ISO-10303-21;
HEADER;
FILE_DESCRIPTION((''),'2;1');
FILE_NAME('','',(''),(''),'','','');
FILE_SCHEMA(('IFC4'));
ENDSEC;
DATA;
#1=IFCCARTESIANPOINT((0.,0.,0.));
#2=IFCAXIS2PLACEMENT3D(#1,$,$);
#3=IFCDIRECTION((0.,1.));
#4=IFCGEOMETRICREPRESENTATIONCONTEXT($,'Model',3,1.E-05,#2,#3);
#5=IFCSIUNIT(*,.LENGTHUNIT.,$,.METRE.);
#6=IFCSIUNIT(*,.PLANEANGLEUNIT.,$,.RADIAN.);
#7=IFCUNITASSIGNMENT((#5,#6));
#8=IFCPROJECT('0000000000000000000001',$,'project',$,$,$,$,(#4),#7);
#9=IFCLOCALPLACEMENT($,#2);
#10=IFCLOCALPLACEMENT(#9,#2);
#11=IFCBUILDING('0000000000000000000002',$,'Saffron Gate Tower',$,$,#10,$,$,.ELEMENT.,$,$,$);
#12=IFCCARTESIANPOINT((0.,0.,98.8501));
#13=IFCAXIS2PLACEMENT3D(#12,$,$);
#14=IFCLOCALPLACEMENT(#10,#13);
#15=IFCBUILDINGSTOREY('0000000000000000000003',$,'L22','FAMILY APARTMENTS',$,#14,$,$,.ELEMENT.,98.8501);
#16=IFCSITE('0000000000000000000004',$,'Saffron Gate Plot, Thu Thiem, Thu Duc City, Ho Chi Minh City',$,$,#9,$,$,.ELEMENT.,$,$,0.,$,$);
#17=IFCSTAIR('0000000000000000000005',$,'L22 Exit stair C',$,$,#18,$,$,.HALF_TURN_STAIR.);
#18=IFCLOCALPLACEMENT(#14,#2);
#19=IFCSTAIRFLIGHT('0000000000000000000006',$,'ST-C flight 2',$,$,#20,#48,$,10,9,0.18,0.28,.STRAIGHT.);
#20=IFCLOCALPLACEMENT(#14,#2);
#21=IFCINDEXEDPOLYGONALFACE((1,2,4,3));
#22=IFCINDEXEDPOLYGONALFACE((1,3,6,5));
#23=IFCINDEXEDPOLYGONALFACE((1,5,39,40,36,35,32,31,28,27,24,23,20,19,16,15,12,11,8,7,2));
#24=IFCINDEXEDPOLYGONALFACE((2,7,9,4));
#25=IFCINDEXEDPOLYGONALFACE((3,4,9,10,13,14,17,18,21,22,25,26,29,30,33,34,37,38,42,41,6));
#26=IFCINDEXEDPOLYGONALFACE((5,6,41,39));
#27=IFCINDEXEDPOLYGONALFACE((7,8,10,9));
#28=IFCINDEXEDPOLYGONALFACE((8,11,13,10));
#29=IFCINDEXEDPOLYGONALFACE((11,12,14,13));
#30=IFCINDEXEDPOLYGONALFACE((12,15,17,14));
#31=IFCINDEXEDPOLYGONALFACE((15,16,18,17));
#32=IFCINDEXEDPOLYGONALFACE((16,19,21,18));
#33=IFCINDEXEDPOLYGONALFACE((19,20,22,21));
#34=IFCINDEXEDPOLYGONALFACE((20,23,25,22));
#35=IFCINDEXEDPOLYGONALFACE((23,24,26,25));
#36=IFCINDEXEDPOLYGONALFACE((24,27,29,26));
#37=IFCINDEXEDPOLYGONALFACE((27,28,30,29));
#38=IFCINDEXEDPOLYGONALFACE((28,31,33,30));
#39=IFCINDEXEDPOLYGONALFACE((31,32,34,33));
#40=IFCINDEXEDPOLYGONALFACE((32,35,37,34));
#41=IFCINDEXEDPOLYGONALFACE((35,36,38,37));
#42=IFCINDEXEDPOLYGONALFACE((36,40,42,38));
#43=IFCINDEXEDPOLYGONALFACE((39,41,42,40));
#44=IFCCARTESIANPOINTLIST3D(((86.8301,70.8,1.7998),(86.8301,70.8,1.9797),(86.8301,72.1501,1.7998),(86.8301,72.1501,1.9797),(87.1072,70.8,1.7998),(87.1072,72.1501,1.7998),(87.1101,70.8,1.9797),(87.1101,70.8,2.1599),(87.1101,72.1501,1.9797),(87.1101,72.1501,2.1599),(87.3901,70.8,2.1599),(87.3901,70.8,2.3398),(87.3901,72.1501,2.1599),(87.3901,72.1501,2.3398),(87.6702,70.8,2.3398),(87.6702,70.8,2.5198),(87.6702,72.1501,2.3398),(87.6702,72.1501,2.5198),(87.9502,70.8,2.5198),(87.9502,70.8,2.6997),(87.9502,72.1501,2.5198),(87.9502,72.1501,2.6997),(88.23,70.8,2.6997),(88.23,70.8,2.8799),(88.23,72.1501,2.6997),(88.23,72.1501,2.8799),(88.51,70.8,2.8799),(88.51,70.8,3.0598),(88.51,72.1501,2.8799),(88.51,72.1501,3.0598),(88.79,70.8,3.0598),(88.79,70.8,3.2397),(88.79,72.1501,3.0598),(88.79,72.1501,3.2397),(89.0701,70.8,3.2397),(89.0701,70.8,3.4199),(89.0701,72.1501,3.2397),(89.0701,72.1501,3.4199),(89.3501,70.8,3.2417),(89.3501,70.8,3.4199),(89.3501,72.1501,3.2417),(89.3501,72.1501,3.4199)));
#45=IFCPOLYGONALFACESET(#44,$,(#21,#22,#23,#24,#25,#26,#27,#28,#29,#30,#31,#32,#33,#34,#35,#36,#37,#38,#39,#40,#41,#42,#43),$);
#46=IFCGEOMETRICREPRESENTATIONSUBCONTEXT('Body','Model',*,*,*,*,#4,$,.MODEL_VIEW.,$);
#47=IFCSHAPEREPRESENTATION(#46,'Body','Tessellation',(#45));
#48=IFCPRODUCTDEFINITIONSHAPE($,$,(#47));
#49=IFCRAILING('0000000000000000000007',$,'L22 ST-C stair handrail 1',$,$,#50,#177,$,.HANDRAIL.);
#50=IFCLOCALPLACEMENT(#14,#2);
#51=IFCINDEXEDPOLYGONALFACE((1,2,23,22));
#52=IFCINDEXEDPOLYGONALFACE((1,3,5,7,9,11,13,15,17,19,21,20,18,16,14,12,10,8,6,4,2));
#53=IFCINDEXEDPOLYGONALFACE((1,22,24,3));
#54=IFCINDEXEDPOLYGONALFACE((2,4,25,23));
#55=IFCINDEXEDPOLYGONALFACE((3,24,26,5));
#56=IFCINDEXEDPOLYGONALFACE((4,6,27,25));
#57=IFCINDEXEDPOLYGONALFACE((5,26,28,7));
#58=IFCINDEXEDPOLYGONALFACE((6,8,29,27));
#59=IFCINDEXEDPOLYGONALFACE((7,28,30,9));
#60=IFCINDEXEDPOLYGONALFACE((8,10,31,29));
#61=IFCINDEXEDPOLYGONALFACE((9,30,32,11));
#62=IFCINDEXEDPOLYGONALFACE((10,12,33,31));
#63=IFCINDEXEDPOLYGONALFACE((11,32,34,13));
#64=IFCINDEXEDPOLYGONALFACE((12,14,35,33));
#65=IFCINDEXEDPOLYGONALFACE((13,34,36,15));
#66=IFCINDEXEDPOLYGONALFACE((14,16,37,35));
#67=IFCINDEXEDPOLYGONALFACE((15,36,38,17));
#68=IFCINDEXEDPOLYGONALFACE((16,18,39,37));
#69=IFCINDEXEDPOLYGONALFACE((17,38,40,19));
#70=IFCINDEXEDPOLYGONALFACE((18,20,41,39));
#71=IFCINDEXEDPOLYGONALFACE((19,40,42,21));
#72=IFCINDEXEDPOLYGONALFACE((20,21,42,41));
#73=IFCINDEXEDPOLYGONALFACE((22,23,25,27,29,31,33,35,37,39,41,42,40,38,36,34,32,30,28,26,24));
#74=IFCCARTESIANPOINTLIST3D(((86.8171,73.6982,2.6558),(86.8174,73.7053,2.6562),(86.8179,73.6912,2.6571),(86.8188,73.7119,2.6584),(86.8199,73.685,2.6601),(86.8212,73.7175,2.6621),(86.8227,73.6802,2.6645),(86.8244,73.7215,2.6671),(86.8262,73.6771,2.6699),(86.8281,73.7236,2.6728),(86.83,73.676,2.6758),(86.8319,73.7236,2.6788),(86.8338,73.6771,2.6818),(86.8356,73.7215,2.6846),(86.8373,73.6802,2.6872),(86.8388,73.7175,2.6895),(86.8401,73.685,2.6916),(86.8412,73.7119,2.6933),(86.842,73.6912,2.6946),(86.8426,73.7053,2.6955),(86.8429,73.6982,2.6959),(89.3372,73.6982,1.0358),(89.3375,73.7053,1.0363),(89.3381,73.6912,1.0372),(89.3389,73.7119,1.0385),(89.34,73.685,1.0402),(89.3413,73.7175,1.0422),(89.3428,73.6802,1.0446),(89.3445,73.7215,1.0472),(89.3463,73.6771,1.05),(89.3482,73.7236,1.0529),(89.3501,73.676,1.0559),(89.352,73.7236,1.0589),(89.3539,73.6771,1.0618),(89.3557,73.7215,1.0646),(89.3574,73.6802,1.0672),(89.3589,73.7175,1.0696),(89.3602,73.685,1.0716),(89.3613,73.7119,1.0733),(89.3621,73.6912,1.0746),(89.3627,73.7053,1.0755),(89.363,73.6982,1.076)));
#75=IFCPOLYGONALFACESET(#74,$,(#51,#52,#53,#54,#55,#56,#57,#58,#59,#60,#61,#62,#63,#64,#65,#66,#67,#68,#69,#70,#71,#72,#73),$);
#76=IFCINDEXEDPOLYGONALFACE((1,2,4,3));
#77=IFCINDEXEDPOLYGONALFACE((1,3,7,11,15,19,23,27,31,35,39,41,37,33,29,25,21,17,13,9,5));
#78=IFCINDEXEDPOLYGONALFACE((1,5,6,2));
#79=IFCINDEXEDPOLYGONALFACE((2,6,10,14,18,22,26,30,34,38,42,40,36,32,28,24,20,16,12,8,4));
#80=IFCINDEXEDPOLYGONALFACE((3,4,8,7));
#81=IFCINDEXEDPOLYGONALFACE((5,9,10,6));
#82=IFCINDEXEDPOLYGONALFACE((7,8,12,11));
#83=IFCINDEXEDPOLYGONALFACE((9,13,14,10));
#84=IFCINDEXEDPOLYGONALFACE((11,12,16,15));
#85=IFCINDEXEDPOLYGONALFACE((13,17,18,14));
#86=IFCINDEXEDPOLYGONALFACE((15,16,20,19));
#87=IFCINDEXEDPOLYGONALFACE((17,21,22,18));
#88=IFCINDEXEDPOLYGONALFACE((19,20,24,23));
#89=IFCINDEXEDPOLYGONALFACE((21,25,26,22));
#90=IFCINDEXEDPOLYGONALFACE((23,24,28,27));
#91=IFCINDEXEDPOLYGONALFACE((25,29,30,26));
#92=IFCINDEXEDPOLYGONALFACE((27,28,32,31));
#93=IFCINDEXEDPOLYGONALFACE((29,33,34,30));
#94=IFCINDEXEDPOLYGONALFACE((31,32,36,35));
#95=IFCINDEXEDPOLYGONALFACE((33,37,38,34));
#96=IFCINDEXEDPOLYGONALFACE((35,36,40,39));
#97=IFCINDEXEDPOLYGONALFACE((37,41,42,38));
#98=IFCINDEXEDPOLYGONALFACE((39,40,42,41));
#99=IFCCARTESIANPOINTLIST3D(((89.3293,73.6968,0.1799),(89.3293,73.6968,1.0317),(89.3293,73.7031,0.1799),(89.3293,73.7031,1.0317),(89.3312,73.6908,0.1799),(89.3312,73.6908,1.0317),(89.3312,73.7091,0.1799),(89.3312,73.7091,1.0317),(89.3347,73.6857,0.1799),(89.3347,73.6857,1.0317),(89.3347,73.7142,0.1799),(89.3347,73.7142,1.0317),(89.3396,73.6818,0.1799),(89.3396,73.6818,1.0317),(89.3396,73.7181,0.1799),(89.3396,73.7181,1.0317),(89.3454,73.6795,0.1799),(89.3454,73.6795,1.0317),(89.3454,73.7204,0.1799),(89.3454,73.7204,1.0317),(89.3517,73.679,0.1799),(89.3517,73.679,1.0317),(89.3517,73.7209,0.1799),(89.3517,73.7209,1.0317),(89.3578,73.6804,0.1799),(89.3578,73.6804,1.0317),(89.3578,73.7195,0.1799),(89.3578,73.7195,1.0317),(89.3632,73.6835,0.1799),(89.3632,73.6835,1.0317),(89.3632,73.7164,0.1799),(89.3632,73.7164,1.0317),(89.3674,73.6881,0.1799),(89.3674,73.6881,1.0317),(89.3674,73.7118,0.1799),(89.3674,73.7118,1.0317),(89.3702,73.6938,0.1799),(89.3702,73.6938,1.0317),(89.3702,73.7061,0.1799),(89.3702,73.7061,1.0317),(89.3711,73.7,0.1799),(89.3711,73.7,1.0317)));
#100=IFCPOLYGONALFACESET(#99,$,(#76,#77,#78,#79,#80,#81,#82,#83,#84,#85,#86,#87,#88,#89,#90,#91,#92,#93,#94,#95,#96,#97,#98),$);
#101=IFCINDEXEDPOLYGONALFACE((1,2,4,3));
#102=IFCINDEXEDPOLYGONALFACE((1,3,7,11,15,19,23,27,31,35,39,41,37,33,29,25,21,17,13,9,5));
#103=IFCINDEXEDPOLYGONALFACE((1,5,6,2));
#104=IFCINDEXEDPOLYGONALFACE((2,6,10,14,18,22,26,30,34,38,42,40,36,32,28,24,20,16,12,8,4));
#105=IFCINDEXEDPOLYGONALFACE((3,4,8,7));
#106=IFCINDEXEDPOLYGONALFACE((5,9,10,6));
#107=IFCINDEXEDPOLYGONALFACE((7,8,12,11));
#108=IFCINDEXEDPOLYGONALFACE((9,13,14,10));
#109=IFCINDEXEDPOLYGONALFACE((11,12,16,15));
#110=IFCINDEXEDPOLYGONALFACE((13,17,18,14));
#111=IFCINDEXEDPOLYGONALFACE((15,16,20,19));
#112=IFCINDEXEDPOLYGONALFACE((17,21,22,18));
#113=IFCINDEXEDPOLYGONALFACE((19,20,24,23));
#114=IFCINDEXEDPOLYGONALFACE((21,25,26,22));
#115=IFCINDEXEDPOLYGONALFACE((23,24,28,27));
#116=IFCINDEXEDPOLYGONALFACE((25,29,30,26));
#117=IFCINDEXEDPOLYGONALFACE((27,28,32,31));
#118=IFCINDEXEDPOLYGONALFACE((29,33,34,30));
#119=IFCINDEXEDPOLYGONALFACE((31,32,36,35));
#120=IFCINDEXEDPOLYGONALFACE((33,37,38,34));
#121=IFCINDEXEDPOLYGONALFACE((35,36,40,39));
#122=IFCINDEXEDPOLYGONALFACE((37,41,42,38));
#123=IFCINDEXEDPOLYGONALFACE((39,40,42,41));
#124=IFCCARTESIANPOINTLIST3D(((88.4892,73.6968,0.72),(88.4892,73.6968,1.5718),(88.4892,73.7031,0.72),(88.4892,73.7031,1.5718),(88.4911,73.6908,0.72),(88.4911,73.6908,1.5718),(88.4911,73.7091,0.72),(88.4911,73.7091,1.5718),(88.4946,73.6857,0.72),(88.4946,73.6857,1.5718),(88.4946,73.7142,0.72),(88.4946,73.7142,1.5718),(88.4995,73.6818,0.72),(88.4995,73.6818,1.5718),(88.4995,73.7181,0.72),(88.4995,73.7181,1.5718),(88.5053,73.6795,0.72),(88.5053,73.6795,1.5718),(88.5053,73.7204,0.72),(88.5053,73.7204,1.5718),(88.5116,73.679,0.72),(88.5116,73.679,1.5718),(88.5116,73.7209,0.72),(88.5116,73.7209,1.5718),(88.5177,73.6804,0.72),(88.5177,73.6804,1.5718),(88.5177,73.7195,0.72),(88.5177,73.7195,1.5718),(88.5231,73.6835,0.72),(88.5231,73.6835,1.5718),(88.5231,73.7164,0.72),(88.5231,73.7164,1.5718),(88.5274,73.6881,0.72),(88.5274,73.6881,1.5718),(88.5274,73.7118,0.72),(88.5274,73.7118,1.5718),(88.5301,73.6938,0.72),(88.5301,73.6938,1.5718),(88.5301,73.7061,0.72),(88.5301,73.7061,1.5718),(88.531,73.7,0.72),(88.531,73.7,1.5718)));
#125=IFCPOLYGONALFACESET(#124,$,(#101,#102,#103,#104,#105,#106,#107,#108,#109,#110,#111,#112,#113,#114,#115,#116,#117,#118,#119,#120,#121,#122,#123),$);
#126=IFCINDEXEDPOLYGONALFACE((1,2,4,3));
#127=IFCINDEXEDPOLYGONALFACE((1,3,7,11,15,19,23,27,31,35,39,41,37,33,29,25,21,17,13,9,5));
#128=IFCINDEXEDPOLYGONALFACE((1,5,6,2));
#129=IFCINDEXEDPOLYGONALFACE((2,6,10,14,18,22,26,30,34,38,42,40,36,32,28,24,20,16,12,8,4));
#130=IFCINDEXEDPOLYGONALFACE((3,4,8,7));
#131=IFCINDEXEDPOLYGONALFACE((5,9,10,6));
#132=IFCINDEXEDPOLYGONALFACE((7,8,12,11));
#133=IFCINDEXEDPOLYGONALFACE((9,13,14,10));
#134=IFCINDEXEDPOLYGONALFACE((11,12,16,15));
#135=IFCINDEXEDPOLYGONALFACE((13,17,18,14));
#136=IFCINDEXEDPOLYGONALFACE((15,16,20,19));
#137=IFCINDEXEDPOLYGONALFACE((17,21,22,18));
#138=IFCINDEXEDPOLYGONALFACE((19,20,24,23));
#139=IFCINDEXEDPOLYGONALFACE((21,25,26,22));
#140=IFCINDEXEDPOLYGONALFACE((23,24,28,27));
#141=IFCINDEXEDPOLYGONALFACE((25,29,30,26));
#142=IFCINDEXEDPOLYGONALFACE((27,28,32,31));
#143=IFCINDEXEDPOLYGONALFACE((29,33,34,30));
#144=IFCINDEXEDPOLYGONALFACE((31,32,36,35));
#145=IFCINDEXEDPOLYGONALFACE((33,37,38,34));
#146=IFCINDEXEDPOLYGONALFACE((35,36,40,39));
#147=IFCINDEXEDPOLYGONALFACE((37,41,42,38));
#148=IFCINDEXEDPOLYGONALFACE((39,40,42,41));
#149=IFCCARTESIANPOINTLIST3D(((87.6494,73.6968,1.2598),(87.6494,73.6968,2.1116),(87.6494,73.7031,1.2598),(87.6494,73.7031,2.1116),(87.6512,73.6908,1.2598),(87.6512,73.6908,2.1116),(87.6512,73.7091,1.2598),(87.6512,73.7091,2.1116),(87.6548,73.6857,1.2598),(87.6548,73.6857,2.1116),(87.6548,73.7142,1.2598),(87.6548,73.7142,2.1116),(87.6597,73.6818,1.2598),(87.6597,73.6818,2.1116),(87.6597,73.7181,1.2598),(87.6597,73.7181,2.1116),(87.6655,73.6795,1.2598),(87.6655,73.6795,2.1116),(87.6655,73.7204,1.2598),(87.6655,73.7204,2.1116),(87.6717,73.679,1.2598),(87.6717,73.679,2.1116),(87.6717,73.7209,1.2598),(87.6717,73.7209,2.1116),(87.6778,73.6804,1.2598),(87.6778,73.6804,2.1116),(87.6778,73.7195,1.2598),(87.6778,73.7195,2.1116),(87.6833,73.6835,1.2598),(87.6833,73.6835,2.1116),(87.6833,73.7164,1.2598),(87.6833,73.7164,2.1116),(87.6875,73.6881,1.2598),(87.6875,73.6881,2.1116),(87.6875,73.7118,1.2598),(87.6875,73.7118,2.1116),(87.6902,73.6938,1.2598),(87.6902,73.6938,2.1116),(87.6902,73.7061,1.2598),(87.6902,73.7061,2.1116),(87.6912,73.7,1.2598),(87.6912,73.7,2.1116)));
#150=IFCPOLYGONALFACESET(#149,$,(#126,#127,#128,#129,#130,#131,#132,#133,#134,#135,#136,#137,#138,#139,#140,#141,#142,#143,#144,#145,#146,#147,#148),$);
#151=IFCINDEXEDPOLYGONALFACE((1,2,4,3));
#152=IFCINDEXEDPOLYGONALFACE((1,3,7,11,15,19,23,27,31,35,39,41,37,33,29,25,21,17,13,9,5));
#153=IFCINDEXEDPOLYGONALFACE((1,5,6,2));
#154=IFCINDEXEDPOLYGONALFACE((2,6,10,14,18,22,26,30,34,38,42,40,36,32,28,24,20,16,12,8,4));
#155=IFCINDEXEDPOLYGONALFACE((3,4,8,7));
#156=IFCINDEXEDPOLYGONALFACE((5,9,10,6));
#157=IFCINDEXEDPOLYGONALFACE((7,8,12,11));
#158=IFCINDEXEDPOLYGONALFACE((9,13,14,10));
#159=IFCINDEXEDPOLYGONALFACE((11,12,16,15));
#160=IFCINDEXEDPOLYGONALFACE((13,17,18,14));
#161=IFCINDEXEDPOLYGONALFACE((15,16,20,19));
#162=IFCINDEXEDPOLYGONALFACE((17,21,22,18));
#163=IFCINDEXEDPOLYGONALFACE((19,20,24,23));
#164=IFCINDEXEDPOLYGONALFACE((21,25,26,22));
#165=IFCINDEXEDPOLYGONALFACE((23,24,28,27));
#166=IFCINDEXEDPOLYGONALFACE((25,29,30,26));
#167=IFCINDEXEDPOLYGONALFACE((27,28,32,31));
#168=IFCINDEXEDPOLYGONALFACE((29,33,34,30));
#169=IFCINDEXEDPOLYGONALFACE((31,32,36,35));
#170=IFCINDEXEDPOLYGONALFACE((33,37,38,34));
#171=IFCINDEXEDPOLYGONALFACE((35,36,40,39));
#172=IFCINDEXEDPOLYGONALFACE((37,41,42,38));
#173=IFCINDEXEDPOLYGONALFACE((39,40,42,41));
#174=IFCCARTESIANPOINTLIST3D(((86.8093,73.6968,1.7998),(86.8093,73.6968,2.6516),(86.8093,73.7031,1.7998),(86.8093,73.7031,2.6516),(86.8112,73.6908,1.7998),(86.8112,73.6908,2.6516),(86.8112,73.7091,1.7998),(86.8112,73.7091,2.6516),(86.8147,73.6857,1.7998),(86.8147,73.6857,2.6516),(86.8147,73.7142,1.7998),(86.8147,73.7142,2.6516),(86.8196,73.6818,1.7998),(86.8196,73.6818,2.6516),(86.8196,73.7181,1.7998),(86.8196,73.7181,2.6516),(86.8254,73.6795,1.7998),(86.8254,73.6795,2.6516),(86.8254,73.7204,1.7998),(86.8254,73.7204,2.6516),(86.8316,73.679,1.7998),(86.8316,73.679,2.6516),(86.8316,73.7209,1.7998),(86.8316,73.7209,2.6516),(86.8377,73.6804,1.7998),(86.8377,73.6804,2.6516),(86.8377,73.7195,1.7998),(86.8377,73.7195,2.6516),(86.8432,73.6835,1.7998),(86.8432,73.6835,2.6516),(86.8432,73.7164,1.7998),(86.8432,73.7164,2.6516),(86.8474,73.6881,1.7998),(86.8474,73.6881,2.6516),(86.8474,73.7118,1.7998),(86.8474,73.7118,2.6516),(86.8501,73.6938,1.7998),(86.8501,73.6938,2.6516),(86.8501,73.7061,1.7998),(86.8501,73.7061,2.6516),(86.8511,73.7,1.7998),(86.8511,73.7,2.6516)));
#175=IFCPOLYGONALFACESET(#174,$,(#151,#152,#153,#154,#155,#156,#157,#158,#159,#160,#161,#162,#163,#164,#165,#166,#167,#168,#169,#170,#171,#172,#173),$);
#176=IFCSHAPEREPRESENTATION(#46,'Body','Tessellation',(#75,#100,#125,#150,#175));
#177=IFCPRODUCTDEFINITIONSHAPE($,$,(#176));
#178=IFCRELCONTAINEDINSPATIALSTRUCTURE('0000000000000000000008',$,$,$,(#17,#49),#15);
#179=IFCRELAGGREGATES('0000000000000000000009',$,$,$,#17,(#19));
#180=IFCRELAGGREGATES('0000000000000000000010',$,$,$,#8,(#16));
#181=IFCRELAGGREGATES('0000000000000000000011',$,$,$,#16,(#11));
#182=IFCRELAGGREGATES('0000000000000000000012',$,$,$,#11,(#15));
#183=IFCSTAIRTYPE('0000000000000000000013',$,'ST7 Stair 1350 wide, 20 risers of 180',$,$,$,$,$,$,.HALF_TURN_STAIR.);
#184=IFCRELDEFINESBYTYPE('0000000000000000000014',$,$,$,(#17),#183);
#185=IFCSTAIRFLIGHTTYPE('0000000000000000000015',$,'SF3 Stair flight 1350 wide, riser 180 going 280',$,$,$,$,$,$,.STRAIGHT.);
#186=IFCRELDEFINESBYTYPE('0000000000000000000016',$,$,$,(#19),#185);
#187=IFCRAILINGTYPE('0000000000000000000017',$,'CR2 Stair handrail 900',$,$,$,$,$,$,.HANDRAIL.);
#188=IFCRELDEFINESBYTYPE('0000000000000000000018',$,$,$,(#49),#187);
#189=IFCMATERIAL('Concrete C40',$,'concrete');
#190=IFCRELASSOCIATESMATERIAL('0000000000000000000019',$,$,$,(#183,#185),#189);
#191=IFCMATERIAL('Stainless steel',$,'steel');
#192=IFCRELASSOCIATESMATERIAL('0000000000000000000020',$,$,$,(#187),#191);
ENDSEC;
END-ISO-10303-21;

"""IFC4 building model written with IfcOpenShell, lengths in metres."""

from ifc_helpers import new_model, si_unit, direction, frame, origin, origin_2d, place, context, subcontext, project, spatial, polyline, circle, outline, extrude, material, type_object, element, aggregate, save


model = new_model("IFC4")

# Units and contexts
model_context = context("Model", 3, precision=1e-05, world=origin(), true_north=direction((0.0, 1.0)))
body_context = subcontext(model_context, "Body", "Model", "MODEL_VIEW")
ifc_project = project(units=[si_unit("LENGTHUNIT", "METRE"), si_unit("PLANEANGLEUNIT", "RADIAN")], contexts=[model_context])

# Site, building, storey
site_placement = place(None, origin())
site = spatial("IfcSite", under=ifc_project, at=site_placement, Name="Saffron Gate Plot, Thu Thiem, Thu Duc City, Ho Chi Minh City", CompositionType="ELEMENT", RefElevation=0.0)
building_placement = place(site_placement, origin())
building = spatial("IfcBuilding", under=site, at=building_placement, Name="Saffron Gate Tower", CompositionType="ELEMENT")
storey_placement = place(building_placement, frame((0.0, 0.0, 98.8501)))
storey = spatial("IfcBuildingStorey", under=building, at=storey_placement, Name="L22", Description="FAMILY APARTMENTS", CompositionType="ELEMENT", Elevation=98.8501)

# Stair, stair flight
ifc_material_1 = material(Name="Concrete C40", Category="concrete")
stair_type = type_object("IfcStairType", Name="ST7 Stair 1350 wide, 20 risers of 180", PredefinedType="HALF_TURN_STAIR", material=ifc_material_1)
stair_placement = place(storey_placement, origin())
stair = element("IfcStair", 1, at=stair_placement, inside=storey, type_object=stair_type, Name="L22 Exit stair C", PredefinedType="HALF_TURN_STAIR")
stair_flight_type = type_object("IfcStairFlightType", Name="SF3 Stair flight 1350 wide, riser 180 going 280", PredefinedType="STRAIGHT", material=ifc_material_1)
stair_flight_1_placement = place(storey_placement, frame((86.8301, 71.4751, 1.7998), z_axis=(0.0, 0.0, 1.0), x_axis=(1.0, 0.0, 0.0)))
stair_flight_1 = element("IfcStairFlight", 2, at=stair_flight_1_placement, type_object=stair_flight_type, Name="ST-C flight 2", NumberOfRisers=10, NumberOfTreads=9, PredefinedType="STRAIGHT", RiserHeight=0.18, TreadLength=0.28, context=body_context, shape_type="SweptSolid", body=[
    extrude(outline(polyline([(0.0, 0.0), (0.0, 0.1799), (0.28, 0.1799), (0.28, 0.3601), (0.5601, 0.3601), (0.5601, 0.54), (0.8401, 0.54), (0.8401, 0.72), (1.1201, 0.72), (1.1201, 0.8999), (1.3999, 0.8999), (1.3999, 1.0801), (1.6799, 1.0801), (1.6799, 1.26), (1.96, 1.26), (1.96, 1.4399), (2.24, 1.4399), (2.24, 1.6201), (2.52, 1.6201), (2.52, 1.8), (2.52, 1.4419), (0.2771, 0.0), (0.0, 0.0)])), frame((0.0, 0.675, 0.0), z_axis=(0.0, -1.0, 0.0), x_axis=(1.0, 0.0, 0.0)), (0.0, 0.0, 1.0), 1.3501),
])
aggregate(stair, [stair_flight_1])

# Railing
ifc_material_2 = material(Name="Stainless steel", Category="steel")
railing_type_1 = type_object("IfcRailingType", Name="CR2 Stair handrail 900", PredefinedType="HANDRAIL", material=ifc_material_2)
railing_1_placement = place(storey_placement, frame((89.3501, 73.7, 0.1799)))
element("IfcRailing", 3, at=railing_1_placement, inside=storey, type_object=railing_type_1, Name="L22 ST-C stair handrail 1", PredefinedType="HANDRAIL", context=body_context, shape_type="SweptSolid", body=[
    extrude(circle(Radius=0.0239, at=origin_2d()), frame((0.0, 0.0, 0.876), z_axis=(-0.8412, 0.0, 0.540725), x_axis=(0.0, -1.0, 0.0)), (0.0, 0.0, 1.0), 2.9958),
    extrude(circle(Radius=0.021, at=origin_2d()), origin(), (0.0, 0.0, 1.0), 0.8518),
    extrude(circle(Radius=0.021, at=origin_2d()), frame((-0.8401, 0.0, 0.54)), (0.0, 0.0, 1.0), 0.8518),
    extrude(circle(Radius=0.021, at=origin_2d()), frame((-1.6799, 0.0, 1.0798)), (0.0, 0.0, 1.0), 0.8518),
    extrude(circle(Radius=0.021, at=origin_2d()), frame((-2.52, 0.0, 1.6199)), (0.0, 0.0, 1.0), 0.8518),
])

save(model, "model.ifc")
